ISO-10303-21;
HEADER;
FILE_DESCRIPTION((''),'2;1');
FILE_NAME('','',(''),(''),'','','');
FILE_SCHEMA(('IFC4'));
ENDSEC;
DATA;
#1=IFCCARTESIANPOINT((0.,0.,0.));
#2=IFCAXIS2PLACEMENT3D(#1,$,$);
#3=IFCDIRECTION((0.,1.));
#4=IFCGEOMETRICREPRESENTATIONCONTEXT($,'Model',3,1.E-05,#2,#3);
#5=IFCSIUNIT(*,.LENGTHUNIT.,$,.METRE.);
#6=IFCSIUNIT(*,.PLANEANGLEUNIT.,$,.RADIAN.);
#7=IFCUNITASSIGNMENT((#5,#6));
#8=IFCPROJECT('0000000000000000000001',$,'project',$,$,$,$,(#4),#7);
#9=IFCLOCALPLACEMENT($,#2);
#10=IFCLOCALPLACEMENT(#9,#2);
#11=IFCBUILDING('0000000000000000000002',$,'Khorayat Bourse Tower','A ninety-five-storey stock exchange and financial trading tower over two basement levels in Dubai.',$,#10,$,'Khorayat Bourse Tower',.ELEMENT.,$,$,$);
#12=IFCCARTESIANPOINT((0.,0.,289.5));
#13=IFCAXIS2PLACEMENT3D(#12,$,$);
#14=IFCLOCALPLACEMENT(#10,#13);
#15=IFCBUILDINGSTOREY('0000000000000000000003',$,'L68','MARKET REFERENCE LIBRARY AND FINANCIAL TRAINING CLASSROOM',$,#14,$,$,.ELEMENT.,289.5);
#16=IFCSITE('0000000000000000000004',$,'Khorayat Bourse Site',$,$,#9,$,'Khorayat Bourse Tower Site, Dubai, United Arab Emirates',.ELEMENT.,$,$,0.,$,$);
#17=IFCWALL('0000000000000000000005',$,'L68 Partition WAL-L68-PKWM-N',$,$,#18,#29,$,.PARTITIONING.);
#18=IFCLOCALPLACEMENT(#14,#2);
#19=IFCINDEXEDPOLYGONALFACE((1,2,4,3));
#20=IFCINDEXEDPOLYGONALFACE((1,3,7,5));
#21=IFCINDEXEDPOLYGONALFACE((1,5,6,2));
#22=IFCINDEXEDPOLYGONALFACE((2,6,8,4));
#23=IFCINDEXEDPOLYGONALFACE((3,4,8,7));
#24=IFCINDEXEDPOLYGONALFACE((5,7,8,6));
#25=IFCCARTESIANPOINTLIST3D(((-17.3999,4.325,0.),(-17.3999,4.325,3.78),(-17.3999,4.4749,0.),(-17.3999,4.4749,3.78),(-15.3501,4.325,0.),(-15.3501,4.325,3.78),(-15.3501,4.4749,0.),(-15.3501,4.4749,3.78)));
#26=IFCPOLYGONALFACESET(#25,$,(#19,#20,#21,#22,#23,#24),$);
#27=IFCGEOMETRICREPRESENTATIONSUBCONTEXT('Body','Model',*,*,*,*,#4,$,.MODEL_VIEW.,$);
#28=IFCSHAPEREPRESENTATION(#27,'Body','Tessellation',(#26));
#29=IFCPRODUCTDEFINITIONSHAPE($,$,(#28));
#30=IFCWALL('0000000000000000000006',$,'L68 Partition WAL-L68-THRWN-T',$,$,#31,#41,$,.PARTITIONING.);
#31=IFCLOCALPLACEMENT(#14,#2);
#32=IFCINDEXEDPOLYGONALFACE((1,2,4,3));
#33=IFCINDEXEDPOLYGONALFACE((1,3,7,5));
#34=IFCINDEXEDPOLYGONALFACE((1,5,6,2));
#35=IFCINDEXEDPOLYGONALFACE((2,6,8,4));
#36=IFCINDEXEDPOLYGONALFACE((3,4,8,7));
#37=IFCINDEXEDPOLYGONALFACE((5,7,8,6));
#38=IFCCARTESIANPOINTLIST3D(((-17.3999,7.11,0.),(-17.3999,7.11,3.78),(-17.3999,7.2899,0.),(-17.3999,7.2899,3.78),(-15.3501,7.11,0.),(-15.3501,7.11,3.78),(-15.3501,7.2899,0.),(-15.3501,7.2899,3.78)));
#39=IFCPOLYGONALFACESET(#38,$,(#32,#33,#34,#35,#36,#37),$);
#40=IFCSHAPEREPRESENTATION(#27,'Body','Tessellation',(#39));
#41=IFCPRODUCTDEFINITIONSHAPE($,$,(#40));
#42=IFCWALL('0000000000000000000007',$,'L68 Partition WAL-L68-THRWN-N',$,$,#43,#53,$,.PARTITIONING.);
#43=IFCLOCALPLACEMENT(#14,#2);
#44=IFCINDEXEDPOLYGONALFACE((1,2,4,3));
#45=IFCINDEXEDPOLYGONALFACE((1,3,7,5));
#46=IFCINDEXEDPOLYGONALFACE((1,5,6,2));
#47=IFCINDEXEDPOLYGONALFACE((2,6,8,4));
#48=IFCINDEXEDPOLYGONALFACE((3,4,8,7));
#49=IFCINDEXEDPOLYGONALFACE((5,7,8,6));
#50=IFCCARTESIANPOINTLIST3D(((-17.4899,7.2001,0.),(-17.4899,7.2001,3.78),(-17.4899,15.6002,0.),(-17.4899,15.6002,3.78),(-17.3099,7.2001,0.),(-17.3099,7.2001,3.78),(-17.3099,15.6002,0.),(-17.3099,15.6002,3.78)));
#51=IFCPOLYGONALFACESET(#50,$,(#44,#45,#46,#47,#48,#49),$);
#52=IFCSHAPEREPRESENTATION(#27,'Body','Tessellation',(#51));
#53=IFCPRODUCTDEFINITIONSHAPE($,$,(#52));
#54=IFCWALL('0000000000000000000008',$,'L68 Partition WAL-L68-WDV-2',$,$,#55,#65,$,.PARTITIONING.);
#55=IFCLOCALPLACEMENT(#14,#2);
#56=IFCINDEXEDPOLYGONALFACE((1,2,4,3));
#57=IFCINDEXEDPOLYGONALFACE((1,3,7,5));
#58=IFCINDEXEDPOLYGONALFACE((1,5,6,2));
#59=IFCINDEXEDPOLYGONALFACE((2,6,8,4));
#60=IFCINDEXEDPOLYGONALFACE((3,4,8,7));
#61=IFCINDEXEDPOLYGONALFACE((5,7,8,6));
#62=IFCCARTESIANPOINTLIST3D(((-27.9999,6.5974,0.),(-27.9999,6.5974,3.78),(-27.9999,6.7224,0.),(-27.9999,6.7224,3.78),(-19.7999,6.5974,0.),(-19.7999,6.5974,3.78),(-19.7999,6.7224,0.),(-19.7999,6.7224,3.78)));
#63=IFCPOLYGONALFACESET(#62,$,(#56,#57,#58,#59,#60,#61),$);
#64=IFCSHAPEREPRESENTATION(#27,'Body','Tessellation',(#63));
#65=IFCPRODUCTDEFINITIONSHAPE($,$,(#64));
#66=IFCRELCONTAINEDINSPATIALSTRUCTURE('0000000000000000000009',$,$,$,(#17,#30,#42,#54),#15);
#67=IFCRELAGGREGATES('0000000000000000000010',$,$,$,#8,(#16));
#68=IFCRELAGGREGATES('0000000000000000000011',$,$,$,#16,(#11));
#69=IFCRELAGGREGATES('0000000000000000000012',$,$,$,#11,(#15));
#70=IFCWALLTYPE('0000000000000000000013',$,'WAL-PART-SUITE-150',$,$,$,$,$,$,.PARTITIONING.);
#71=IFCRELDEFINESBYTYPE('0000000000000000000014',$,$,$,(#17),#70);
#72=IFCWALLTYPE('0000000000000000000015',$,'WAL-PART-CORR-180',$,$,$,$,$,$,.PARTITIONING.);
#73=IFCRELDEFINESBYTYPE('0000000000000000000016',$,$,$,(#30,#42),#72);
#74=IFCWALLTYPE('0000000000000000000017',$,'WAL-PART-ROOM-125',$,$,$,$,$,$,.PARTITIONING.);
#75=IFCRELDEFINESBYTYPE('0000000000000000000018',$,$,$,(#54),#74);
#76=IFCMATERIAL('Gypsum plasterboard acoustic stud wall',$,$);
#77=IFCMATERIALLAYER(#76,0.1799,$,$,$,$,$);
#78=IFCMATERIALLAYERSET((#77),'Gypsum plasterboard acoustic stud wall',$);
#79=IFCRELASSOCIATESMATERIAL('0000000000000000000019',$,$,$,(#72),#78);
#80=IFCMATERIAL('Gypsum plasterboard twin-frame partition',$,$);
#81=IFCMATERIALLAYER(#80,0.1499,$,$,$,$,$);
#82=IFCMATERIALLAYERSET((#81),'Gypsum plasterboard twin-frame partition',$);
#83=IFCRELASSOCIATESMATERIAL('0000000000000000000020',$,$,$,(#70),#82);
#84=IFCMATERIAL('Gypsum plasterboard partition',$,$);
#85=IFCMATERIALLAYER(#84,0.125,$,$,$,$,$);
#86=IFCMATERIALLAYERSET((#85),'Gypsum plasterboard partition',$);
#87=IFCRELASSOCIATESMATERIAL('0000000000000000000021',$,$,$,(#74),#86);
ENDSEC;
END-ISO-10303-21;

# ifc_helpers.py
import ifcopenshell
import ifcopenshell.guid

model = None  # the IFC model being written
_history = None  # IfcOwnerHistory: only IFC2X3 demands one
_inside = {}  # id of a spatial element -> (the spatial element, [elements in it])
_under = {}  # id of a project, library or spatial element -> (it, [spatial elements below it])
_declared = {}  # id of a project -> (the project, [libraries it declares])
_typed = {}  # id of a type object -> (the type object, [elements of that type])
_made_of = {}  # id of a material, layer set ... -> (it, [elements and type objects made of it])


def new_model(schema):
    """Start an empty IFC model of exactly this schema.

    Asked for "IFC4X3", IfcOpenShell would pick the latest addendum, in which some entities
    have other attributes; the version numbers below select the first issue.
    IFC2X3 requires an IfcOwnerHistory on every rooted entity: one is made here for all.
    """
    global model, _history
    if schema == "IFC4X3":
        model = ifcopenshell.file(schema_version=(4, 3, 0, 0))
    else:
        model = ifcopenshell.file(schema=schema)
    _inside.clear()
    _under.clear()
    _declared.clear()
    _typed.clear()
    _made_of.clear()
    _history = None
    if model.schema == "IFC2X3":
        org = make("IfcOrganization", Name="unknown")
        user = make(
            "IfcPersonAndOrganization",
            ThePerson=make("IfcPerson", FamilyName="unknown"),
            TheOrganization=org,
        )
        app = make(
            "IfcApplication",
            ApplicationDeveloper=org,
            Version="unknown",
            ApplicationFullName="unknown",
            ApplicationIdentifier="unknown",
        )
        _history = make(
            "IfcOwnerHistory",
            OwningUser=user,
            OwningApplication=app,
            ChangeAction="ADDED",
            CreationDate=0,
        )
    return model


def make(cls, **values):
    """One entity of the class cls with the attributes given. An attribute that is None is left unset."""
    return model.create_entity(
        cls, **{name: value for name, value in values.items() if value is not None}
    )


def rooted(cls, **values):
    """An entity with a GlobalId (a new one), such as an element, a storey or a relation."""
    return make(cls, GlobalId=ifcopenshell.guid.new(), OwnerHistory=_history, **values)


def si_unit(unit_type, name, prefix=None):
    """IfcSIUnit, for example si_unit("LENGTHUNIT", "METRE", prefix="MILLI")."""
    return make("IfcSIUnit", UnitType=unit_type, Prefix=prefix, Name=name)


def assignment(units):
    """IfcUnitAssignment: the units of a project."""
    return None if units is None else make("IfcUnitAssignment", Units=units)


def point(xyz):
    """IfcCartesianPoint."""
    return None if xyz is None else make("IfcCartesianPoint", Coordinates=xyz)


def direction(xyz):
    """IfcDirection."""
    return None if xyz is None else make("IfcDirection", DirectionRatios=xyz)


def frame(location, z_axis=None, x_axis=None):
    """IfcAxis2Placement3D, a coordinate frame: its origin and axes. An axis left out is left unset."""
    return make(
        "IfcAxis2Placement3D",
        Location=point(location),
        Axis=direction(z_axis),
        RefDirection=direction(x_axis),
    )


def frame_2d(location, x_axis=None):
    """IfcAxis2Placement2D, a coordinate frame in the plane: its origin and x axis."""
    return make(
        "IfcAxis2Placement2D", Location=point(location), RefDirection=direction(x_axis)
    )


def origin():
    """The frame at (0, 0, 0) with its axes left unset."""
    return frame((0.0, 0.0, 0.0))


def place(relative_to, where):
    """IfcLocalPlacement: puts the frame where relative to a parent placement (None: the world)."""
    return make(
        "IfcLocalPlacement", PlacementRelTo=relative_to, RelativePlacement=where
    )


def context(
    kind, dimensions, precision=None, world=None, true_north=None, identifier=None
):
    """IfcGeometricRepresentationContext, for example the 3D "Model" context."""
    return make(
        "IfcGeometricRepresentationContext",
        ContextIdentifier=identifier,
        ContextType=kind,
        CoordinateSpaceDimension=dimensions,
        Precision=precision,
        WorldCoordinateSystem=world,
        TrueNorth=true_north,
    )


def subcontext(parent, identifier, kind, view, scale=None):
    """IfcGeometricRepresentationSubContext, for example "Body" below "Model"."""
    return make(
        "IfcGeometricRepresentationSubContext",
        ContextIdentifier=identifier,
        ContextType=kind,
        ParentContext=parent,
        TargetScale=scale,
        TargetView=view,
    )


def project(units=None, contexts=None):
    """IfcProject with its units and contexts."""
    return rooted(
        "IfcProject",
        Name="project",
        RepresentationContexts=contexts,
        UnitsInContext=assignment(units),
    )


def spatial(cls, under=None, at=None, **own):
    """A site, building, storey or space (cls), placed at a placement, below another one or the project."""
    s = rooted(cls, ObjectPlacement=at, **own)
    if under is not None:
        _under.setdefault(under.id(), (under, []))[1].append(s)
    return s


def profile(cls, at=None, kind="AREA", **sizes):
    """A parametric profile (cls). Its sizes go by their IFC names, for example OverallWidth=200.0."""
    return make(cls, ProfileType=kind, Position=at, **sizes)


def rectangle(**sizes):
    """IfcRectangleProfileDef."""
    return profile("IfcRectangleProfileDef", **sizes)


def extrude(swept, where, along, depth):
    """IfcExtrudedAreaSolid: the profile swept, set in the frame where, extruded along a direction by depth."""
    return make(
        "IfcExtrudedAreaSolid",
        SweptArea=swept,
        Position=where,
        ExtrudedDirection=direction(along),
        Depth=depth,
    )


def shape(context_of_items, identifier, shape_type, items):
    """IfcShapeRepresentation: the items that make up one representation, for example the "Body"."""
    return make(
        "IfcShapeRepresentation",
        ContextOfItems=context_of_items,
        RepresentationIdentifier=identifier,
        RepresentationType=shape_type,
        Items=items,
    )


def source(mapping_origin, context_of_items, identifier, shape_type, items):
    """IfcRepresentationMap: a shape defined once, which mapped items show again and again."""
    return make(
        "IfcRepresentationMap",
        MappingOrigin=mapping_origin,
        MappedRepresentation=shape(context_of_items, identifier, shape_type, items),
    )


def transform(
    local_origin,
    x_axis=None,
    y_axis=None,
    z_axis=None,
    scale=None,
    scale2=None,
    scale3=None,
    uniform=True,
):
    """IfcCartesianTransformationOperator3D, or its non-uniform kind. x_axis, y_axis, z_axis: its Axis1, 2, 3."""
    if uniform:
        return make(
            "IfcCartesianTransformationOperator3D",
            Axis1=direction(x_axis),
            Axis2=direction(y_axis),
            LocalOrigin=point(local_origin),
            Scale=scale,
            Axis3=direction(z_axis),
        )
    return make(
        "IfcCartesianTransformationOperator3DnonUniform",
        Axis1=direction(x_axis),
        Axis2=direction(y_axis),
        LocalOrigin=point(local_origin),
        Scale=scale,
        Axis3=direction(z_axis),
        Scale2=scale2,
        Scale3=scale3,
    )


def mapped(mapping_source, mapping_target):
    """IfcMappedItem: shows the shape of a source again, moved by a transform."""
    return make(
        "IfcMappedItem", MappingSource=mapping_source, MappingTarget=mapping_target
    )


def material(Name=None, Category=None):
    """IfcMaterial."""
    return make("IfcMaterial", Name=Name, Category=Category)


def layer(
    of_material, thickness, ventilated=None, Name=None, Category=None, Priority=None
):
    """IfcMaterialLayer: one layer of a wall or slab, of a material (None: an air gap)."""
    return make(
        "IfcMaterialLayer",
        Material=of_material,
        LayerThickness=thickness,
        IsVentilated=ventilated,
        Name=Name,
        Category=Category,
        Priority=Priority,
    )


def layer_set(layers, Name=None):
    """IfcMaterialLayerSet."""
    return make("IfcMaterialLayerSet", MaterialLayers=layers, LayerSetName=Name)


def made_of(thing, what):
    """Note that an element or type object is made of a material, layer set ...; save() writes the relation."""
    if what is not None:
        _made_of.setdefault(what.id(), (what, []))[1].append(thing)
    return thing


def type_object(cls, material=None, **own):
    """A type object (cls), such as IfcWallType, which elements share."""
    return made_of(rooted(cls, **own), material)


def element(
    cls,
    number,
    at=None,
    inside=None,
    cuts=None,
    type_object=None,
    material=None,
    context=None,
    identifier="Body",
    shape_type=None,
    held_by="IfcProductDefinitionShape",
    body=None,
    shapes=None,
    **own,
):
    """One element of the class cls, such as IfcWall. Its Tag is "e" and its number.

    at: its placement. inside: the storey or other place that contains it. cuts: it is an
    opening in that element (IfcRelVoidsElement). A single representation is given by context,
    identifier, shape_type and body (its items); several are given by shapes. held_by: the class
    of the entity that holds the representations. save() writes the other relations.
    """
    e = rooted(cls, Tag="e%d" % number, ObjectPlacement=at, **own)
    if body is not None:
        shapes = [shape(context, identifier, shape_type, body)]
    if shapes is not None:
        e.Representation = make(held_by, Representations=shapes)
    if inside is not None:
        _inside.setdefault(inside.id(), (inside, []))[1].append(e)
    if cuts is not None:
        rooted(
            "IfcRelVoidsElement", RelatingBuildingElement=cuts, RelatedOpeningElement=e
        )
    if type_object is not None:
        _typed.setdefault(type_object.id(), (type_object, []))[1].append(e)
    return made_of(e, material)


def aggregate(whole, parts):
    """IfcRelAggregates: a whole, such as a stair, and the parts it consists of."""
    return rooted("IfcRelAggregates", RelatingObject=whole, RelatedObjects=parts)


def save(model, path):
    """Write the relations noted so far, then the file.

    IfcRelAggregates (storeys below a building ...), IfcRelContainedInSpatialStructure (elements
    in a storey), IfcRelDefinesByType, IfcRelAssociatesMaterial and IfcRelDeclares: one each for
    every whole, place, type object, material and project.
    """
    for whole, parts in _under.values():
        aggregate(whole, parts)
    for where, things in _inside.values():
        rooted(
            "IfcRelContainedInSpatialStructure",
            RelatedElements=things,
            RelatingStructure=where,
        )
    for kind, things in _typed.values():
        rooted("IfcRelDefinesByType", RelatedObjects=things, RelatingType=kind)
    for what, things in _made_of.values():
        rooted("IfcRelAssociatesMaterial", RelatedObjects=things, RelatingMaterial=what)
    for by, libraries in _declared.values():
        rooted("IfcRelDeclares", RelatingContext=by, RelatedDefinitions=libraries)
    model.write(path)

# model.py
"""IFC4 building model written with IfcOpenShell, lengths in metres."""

from ifc_helpers import new_model, si_unit, direction, frame, frame_2d, origin, place, context, subcontext, project, spatial, rectangle, extrude, source, transform, mapped, material, layer, layer_set, type_object, element, save


model = new_model("IFC4")

# Units and contexts
model_context = context("Model", 3, precision=1e-05, world=origin(), true_north=direction((0.0, 1.0)))
body_context = subcontext(model_context, "Body", "Model", "MODEL_VIEW")
ifc_project = project(units=[si_unit("LENGTHUNIT", "METRE"), si_unit("PLANEANGLEUNIT", "RADIAN")], contexts=[model_context])

# Site, building, storey
site_placement = place(None, origin())
site = spatial("IfcSite", under=ifc_project, at=site_placement, Name="Khorayat Bourse Site", LongName="Khorayat Bourse Tower Site, Dubai, United Arab Emirates", CompositionType="ELEMENT", RefElevation=0.0)
building_placement = place(site_placement, origin())
building = spatial("IfcBuilding", under=site, at=building_placement, Name="Khorayat Bourse Tower", Description="A ninety-five-storey stock exchange and financial trading tower over two basement levels in Dubai.", LongName="Khorayat Bourse Tower", CompositionType="ELEMENT")
storey_placement = place(building_placement, frame((0.0, 0.0, 289.5)))
storey = spatial("IfcBuildingStorey", under=building, at=storey_placement, Name="L68", Description="MARKET REFERENCE LIBRARY AND FINANCIAL TRAINING CLASSROOM", CompositionType="ELEMENT", Elevation=289.5)

# Walls
ifc_material_1 = material(Name="Gypsum plasterboard acoustic stud wall")
ifc_layer_1 = layer(ifc_material_1, 0.1799)
ifc_layer_set_1 = layer_set([ifc_layer_1], Name="Gypsum plasterboard acoustic stud wall")
wall_type_1 = type_object("IfcWallType", Name="WAL-PART-CORR-180", PredefinedType="PARTITIONING", material=ifc_layer_set_1)
ifc_material_2 = material(Name="Gypsum plasterboard twin-frame partition")
ifc_layer_2 = layer(ifc_material_2, 0.1499)
ifc_layer_set_2 = layer_set([ifc_layer_2], Name="Gypsum plasterboard twin-frame partition")
wall_type_2 = type_object("IfcWallType", Name="WAL-PART-SUITE-150", PredefinedType="PARTITIONING", material=ifc_layer_set_2)
shared_shape_1 = source(origin(), body_context, "Body", "SweptSolid", [
    extrude(rectangle(XDim=2.0498, YDim=0.1499, at=frame_2d((1.0249, 0.0))), origin(), (0.0, 0.0, 1.0), 3.78),
])
wall_1_placement = place(storey_placement, frame((-17.3999, 4.3999, 0.0), z_axis=(0.0, 0.0, 1.0), x_axis=(1.0, 0.0, 0.0)))
element("IfcWall", 1, at=wall_1_placement, inside=storey, type_object=wall_type_2, Name="L68 Partition WAL-L68-PKWM-N", PredefinedType="PARTITIONING", context=body_context, shape_type="MappedRepresentation", body=[
    mapped(shared_shape_1, transform((0.0, 0.0, 0.0), scale=1.0)),
])
shared_shape_2 = source(origin(), body_context, "Body", "SweptSolid", [
    extrude(rectangle(XDim=2.0498, YDim=0.1799, at=frame_2d((1.0249, 0.0))), origin(), (0.0, 0.0, 1.0), 3.78),
])
wall_2_placement = place(storey_placement, frame((-17.3999, 7.2, 0.0), z_axis=(0.0, 0.0, 1.0), x_axis=(1.0, 0.0, 0.0)))
element("IfcWall", 2, at=wall_2_placement, inside=storey, type_object=wall_type_1, Name="L68 Partition WAL-L68-THRWN-T", PredefinedType="PARTITIONING", context=body_context, shape_type="MappedRepresentation", body=[
    mapped(shared_shape_2, transform((0.0, 0.0, 0.0), scale=1.0)),
])
shared_shape_3 = source(origin(), body_context, "Body", "SweptSolid", [
    extrude(rectangle(XDim=8.4001, YDim=0.1799, at=frame_2d((4.2002, 0.0))), origin(), (0.0, 0.0, 1.0), 3.78),
])
wall_3_placement = place(storey_placement, frame((-17.3999, 7.2, 0.0), z_axis=(0.0, 0.0, 1.0), x_axis=(0.0, 1.0, 0.0)))
element("IfcWall", 3, at=wall_3_placement, inside=storey, type_object=wall_type_1, Name="L68 Partition WAL-L68-THRWN-N", PredefinedType="PARTITIONING", context=body_context, shape_type="MappedRepresentation", body=[
    mapped(shared_shape_3, transform((0.0, 0.0, 0.0), scale=1.0)),
])
ifc_material_3 = material(Name="Gypsum plasterboard partition")
ifc_layer_3 = layer(ifc_material_3, 0.125)
ifc_layer_set_3 = layer_set([ifc_layer_3], Name="Gypsum plasterboard partition")
wall_type_3 = type_object("IfcWallType", Name="WAL-PART-ROOM-125", PredefinedType="PARTITIONING", material=ifc_layer_set_3)
shared_shape_4 = source(origin(), body_context, "Body", "SweptSolid", [
    extrude(rectangle(XDim=8.2, YDim=0.125, at=frame_2d((4.1001, 0.0))), origin(), (0.0, 0.0, 1.0), 3.78),
])
wall_4_placement = place(storey_placement, frame((-28.0, 6.6599, 0.0), z_axis=(0.0, 0.0, 1.0), x_axis=(1.0, 0.0, 0.0)))
element("IfcWall", 4, at=wall_4_placement, inside=storey, type_object=wall_type_3, Name="L68 Partition WAL-L68-WDV-2", PredefinedType="PARTITIONING", context=body_context, shape_type="MappedRepresentation", body=[
    mapped(shared_shape_4, transform((0.0, 0.0, 0.0), scale=1.0)),
])

save(model, "model.ifc")
